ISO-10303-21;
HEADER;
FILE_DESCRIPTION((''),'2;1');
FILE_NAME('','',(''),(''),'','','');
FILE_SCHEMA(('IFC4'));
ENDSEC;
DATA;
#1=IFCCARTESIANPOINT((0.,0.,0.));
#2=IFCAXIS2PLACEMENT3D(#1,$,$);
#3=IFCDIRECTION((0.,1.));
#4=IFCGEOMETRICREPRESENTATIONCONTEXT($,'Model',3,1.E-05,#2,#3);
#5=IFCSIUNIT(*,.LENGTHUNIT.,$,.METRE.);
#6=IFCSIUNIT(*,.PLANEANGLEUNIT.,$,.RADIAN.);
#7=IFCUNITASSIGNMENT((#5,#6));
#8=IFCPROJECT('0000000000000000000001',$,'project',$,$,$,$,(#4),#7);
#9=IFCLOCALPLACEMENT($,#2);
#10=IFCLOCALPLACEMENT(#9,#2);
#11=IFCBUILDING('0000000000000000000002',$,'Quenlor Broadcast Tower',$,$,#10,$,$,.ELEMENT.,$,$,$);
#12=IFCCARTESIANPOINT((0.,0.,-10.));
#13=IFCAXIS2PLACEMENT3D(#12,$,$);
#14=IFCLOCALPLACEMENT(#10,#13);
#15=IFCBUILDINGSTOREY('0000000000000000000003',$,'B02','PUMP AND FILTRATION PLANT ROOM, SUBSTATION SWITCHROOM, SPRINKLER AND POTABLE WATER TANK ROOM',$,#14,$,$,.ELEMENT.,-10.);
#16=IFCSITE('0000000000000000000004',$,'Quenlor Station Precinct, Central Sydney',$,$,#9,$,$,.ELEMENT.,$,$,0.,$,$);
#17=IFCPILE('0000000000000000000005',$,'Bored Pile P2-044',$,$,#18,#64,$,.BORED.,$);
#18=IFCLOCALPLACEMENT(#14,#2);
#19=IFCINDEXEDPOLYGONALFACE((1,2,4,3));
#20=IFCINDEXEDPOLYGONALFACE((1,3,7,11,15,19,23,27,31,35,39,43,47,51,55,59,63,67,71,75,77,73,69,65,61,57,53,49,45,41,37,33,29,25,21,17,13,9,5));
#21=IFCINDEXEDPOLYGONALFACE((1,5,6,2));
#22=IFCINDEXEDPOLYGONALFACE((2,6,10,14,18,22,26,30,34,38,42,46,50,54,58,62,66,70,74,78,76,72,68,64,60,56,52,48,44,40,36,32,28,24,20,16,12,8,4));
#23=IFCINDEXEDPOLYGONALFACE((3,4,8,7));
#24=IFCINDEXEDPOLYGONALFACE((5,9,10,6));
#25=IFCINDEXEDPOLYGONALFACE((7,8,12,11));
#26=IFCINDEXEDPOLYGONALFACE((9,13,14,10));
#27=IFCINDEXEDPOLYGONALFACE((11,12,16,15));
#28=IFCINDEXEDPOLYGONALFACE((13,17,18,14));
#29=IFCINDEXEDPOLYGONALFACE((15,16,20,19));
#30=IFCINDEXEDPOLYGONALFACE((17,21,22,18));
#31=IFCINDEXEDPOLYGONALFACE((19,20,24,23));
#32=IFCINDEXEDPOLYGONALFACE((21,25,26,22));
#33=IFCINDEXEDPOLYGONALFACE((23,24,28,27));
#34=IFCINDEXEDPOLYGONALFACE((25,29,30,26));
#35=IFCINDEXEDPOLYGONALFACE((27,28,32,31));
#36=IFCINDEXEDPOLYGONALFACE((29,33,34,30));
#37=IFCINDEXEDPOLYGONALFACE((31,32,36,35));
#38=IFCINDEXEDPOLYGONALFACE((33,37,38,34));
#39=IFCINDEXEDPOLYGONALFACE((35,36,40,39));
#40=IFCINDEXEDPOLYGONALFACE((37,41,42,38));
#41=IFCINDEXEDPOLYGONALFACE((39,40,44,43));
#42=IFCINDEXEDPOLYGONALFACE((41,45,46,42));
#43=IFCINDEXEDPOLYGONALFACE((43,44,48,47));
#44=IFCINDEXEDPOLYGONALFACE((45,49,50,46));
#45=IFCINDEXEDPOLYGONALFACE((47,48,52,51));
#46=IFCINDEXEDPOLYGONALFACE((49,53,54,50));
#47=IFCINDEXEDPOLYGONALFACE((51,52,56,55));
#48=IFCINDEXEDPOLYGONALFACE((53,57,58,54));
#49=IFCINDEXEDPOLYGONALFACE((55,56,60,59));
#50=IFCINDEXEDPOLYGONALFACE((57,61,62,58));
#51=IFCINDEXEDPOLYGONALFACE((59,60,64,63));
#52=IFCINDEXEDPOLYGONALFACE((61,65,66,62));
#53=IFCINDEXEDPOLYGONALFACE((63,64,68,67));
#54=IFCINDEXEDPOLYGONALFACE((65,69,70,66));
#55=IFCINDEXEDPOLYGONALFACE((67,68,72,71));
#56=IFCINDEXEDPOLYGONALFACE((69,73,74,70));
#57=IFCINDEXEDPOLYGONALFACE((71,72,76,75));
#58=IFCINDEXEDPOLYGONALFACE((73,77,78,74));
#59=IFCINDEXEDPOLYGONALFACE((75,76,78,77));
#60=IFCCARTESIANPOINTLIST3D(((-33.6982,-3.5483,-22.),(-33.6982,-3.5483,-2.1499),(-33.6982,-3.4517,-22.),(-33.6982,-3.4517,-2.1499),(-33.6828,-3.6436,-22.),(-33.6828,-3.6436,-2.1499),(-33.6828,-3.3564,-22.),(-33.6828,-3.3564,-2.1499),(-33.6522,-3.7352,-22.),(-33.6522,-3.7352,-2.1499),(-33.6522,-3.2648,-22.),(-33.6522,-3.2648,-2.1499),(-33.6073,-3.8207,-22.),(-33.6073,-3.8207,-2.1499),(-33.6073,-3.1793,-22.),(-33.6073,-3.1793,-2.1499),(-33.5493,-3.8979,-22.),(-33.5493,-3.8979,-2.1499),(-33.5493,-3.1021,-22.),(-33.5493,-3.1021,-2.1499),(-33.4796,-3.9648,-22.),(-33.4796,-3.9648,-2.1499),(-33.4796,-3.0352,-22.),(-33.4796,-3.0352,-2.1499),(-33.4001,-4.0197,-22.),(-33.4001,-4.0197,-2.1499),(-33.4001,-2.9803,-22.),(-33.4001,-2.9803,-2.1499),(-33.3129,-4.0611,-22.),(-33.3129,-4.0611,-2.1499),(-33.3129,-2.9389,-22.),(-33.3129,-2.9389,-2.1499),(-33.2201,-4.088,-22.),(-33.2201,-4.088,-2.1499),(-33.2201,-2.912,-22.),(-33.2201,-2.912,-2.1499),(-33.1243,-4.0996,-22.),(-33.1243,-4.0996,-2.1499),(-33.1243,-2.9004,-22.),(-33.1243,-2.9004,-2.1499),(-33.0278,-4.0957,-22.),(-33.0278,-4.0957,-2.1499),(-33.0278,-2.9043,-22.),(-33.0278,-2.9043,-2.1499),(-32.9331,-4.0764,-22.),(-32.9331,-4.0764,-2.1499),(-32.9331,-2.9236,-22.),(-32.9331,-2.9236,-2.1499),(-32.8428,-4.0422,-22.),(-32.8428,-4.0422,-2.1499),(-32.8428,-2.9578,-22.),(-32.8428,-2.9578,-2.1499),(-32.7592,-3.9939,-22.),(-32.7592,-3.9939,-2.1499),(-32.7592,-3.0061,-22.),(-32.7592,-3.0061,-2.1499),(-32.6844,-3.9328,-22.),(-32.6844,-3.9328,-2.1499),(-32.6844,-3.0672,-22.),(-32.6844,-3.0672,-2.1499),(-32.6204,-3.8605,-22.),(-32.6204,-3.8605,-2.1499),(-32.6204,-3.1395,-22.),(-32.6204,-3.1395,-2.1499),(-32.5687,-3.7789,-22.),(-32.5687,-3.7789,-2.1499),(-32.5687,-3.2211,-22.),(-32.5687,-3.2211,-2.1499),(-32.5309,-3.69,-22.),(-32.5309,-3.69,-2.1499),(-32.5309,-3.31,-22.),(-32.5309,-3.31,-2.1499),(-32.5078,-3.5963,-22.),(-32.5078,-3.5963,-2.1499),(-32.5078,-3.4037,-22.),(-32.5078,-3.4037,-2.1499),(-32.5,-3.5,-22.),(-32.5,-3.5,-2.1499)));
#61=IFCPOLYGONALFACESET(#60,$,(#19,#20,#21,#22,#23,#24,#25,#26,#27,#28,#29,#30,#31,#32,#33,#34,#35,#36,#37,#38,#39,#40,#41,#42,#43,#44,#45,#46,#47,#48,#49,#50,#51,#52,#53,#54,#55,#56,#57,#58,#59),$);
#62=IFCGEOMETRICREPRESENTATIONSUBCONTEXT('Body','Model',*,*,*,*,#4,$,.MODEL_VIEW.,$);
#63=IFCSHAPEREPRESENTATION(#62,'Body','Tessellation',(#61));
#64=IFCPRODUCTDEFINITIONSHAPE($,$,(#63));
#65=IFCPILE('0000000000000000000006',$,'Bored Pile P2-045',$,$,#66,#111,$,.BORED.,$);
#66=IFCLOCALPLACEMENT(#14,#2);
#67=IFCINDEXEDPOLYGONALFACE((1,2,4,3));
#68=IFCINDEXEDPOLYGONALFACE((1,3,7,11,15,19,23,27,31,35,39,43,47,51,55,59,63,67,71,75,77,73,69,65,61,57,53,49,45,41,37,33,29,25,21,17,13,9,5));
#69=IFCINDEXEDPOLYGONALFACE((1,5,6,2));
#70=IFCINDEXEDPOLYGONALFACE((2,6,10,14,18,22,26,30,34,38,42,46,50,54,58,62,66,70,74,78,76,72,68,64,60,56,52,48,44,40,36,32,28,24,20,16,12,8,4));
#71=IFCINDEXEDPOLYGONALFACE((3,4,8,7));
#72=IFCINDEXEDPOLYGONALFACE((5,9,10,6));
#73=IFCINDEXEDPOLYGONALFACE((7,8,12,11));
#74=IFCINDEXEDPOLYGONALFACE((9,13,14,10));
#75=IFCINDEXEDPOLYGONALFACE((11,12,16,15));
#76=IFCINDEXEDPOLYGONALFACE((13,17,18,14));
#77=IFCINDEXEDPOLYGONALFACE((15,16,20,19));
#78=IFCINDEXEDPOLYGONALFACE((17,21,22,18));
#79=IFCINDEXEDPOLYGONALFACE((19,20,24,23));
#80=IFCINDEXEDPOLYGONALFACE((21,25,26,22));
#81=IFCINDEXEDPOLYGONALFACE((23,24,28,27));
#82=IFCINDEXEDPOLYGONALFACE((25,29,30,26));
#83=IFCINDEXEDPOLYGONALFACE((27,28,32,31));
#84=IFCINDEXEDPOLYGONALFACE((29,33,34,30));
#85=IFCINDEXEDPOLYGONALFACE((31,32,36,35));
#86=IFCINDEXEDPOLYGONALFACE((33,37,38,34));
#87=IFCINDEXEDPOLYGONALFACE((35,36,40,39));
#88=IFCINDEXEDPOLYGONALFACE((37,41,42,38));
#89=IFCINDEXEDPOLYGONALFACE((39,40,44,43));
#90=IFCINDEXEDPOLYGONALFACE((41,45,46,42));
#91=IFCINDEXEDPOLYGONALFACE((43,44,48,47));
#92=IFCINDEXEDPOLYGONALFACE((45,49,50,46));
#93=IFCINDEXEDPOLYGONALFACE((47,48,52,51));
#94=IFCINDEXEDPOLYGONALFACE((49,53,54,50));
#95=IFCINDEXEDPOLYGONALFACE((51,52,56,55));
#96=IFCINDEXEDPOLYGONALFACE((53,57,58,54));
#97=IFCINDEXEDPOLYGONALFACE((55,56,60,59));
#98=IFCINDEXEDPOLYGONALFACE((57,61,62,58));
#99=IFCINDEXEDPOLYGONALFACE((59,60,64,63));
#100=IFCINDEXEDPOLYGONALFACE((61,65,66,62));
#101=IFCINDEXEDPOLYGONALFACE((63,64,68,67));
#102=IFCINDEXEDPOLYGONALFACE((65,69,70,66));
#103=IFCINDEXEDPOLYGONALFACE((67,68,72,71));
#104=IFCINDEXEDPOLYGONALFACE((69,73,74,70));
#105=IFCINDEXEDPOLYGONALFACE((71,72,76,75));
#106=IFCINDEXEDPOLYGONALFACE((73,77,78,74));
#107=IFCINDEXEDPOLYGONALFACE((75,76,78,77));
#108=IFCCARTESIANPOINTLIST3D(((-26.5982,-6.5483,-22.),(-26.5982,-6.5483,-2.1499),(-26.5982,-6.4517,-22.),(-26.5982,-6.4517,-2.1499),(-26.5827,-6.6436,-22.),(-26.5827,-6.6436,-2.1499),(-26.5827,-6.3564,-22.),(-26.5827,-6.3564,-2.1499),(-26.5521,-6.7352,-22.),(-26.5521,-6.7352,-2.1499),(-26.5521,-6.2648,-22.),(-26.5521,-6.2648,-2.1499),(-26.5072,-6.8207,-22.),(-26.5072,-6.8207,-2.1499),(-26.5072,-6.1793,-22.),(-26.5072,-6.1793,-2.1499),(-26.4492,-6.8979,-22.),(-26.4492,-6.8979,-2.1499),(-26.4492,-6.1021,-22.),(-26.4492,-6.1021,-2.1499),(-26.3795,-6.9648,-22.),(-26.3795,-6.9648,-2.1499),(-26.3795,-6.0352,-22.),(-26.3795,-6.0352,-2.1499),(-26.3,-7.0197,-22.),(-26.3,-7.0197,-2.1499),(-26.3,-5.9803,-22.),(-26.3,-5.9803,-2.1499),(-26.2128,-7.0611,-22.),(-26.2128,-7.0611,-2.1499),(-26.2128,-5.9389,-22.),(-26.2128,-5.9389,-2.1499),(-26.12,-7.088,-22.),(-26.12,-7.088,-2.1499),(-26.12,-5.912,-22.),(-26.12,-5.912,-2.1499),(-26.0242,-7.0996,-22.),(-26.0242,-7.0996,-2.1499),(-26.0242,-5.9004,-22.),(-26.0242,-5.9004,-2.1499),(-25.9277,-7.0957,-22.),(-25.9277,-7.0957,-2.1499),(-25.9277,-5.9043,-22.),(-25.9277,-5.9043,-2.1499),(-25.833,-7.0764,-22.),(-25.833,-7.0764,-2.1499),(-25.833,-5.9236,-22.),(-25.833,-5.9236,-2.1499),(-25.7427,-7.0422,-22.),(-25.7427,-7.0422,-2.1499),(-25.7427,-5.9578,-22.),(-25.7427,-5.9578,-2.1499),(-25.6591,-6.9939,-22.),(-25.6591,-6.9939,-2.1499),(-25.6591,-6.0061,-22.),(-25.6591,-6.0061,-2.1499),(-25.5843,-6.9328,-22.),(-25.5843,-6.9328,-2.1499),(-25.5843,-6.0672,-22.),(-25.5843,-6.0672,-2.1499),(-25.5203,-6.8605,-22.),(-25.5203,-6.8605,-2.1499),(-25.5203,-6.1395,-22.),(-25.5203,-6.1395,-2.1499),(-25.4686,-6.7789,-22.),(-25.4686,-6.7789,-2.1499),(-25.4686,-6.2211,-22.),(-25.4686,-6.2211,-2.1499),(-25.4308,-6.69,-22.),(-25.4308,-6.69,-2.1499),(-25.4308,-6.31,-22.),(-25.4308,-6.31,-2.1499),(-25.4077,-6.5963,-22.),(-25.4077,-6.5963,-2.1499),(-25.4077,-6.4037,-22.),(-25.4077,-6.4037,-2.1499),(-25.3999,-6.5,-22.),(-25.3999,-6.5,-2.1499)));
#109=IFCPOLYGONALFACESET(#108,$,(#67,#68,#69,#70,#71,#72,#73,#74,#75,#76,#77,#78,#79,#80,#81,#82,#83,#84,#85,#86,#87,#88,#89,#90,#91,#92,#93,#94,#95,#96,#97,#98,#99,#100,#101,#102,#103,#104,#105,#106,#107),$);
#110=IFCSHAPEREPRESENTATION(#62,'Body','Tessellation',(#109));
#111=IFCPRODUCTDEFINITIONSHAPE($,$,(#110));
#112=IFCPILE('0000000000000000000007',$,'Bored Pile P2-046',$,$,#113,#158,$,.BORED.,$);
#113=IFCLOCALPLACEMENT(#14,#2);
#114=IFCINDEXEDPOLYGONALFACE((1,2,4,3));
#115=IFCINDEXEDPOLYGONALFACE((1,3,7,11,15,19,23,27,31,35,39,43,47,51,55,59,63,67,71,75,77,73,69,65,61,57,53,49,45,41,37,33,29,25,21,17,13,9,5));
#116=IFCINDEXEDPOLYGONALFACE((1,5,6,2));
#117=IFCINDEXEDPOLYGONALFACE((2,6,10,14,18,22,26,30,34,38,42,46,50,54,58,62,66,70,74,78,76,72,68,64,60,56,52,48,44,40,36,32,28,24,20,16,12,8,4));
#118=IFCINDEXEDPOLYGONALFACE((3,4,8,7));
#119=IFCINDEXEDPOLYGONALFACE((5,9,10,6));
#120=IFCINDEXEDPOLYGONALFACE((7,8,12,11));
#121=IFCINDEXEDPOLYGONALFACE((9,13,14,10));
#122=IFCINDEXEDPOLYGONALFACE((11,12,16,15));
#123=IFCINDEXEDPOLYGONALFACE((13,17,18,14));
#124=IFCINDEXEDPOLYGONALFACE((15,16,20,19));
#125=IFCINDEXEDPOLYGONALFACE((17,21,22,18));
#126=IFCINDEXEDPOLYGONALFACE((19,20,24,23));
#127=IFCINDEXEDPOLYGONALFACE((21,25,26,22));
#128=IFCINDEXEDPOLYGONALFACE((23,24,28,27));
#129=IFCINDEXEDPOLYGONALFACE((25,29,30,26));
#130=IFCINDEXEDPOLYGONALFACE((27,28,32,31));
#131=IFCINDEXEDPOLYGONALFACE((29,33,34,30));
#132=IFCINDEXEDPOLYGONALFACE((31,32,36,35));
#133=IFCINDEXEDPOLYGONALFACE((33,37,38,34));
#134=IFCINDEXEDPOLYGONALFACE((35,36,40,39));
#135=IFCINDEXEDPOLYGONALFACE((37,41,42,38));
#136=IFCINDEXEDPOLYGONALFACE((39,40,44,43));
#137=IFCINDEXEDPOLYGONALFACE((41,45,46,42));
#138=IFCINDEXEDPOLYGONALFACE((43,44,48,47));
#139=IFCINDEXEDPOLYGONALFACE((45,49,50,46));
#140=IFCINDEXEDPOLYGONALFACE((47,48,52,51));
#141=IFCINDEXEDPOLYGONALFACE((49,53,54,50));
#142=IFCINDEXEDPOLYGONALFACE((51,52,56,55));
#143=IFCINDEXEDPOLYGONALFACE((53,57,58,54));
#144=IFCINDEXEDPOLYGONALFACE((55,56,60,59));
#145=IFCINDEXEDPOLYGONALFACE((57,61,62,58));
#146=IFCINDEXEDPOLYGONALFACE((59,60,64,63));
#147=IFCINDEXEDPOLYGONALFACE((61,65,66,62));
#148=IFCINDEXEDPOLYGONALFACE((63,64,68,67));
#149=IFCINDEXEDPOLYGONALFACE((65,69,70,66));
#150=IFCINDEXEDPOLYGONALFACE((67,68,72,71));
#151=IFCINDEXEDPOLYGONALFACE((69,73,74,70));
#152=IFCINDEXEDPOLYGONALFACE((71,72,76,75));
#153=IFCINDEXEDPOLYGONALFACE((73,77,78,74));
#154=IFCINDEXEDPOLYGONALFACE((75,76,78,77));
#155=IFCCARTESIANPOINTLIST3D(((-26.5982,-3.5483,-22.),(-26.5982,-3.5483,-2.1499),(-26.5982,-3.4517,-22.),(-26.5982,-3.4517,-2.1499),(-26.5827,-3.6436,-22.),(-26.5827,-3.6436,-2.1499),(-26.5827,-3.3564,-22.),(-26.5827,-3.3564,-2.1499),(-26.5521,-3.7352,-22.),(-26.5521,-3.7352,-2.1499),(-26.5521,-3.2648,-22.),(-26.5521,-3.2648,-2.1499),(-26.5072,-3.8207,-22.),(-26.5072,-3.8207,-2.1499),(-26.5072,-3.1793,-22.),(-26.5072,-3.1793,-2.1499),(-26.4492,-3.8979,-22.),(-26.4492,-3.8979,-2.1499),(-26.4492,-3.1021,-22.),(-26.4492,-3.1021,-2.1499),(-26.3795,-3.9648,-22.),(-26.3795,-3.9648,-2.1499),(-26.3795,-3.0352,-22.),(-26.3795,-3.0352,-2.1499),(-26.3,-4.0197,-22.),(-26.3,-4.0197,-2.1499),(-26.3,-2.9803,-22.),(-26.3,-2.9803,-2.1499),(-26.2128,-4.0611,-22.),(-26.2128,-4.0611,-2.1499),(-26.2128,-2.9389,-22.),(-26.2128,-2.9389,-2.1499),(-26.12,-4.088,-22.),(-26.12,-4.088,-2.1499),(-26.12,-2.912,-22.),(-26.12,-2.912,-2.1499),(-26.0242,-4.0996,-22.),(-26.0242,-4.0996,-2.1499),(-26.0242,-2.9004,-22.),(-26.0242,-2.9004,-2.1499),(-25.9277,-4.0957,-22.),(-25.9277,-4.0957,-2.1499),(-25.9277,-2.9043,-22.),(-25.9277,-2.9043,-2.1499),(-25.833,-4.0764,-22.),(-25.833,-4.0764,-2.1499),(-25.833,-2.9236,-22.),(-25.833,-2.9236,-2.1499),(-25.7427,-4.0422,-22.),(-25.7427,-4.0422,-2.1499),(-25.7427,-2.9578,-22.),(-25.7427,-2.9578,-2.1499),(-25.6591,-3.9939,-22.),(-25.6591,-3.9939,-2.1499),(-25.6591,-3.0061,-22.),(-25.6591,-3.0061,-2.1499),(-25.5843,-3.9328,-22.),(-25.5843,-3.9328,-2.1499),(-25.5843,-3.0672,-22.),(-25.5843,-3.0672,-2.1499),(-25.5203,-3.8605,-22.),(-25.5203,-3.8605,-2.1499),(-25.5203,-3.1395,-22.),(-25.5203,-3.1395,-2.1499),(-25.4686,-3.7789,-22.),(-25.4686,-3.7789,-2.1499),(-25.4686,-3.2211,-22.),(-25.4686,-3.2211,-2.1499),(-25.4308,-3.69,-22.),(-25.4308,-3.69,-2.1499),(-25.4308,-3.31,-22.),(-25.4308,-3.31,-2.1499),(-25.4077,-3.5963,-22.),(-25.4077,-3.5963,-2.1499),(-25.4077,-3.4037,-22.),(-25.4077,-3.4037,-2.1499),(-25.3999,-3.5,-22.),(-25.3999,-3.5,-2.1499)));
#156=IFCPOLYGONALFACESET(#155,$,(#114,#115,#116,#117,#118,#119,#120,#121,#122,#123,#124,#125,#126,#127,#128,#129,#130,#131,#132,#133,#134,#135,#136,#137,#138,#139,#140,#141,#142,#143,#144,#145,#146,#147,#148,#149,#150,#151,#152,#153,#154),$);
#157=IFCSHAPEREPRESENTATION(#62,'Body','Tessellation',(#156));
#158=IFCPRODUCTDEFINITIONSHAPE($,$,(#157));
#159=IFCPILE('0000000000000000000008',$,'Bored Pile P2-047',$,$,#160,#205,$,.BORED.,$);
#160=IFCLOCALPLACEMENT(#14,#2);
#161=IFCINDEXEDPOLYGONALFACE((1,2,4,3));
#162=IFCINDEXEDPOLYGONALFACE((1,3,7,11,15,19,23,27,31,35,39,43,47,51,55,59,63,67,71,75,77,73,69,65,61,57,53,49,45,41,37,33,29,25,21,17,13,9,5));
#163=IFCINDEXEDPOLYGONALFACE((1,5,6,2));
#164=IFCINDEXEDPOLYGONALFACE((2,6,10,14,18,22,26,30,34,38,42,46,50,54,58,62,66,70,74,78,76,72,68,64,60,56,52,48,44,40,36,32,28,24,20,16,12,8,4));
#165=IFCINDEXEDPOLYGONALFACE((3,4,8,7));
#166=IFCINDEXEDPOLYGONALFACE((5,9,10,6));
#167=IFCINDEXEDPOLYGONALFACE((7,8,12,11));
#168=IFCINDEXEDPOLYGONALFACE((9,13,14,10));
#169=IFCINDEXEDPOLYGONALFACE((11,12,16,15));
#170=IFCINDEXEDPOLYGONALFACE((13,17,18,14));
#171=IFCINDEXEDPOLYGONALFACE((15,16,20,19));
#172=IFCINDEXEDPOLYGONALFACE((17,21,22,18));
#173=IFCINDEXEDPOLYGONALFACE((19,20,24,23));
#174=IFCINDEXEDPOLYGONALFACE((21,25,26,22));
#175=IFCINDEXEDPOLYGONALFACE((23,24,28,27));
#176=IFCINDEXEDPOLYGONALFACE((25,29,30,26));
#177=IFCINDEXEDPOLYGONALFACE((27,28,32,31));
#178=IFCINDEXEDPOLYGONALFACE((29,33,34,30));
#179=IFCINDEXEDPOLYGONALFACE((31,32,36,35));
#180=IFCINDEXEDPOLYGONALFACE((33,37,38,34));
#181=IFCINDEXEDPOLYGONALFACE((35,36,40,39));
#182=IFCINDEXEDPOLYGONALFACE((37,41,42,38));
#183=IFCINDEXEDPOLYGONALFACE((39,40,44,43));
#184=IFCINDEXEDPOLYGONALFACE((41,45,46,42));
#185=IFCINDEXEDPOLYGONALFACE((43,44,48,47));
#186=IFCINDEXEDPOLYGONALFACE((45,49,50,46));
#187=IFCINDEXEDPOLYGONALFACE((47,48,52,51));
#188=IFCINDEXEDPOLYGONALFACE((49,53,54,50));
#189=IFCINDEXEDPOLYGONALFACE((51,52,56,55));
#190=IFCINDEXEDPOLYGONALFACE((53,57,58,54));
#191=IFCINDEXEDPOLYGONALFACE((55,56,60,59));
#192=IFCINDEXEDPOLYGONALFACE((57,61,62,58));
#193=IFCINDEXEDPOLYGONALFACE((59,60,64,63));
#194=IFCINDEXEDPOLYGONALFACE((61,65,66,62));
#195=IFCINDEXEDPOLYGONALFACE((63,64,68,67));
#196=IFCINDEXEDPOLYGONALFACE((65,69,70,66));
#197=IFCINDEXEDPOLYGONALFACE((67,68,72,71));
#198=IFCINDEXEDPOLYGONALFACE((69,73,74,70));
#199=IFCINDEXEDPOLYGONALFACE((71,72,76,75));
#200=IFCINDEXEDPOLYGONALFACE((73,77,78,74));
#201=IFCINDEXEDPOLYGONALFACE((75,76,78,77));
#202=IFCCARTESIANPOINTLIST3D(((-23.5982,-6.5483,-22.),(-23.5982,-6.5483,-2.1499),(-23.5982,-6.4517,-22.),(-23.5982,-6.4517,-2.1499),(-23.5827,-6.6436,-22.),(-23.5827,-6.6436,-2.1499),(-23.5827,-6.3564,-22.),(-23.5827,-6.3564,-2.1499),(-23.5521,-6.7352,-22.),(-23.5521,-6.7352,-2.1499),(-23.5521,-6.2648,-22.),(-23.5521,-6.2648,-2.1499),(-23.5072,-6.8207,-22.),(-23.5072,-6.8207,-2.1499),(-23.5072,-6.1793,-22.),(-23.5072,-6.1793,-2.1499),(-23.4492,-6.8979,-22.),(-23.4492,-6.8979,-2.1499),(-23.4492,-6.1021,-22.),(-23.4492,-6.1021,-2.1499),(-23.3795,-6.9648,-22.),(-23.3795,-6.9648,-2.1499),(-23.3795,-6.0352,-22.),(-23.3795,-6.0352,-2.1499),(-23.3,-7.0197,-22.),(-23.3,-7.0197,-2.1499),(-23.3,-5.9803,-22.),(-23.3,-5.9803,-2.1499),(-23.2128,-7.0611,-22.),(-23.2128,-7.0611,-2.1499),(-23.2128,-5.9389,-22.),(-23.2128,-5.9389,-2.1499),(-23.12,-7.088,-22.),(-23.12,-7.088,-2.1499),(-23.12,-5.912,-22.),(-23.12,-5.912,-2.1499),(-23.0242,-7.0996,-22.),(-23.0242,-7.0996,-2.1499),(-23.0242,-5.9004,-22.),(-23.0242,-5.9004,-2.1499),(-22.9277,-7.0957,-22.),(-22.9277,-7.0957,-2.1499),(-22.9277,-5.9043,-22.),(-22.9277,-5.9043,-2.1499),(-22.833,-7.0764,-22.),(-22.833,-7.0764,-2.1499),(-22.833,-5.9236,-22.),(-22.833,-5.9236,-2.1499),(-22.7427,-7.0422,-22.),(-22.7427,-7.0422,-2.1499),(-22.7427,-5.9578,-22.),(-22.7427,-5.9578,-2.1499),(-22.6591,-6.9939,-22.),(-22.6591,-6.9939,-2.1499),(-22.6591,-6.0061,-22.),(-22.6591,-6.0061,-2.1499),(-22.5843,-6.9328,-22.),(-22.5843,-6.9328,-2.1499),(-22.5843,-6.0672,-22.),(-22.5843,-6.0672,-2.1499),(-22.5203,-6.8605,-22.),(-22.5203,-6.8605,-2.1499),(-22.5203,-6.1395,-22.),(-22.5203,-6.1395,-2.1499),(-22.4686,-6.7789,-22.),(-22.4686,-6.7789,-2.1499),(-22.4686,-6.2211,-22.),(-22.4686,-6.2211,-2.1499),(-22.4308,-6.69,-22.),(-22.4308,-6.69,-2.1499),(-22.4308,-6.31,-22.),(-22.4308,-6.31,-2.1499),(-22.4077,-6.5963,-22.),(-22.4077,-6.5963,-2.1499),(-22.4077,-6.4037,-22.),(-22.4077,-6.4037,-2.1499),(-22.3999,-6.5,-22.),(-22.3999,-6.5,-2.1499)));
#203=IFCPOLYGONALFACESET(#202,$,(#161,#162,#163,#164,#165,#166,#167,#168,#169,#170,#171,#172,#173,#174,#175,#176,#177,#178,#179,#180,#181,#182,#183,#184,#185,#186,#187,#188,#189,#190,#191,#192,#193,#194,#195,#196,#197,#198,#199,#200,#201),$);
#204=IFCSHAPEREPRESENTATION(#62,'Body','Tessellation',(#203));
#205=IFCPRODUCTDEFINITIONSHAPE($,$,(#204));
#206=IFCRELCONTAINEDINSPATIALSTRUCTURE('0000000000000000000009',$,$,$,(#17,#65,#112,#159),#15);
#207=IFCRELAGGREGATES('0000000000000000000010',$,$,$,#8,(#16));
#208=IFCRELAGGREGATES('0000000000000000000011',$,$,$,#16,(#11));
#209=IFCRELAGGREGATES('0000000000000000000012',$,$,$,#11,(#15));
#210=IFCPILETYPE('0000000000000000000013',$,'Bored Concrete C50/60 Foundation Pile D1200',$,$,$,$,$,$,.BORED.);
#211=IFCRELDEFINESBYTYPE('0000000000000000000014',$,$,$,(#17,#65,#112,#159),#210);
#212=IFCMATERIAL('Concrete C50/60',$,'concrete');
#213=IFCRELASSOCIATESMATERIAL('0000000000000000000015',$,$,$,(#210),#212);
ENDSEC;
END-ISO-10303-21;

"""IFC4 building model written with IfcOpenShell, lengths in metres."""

from ifc_helpers import new_model, si_unit, direction, frame, origin, origin_2d, place, context, subcontext, project, spatial, circle, extrude, material, material_profile, profile_set, type_object, element, save


model = new_model("IFC4")

# Units and contexts
model_context = context("Model", 3, precision=1e-05, world=origin(), true_north=direction((0.0, 1.0)))
body_context = subcontext(model_context, "Body", "Model", "MODEL_VIEW")
ifc_project = project(units=[si_unit("LENGTHUNIT", "METRE"), si_unit("PLANEANGLEUNIT", "RADIAN")], contexts=[model_context])

# Site, building, storey
site_placement = place(None, origin())
site = spatial("IfcSite", under=ifc_project, at=site_placement, Name="Quenlor Station Precinct, Central Sydney", CompositionType="ELEMENT", RefElevation=0.0)
building_placement = place(site_placement, origin())
building = spatial("IfcBuilding", under=site, at=building_placement, Name="Quenlor Broadcast Tower", CompositionType="ELEMENT")
storey_placement = place(building_placement, frame((0.0, 0.0, -10.0)))
storey = spatial("IfcBuildingStorey", under=building, at=storey_placement, Name="B02", Description="PUMP AND FILTRATION PLANT ROOM, SUBSTATION SWITCHROOM, SPRINKLER AND POTABLE WATER TANK ROOM", CompositionType="ELEMENT", Elevation=-10.0)

# Piles
ifc_material_1 = material(Name="Concrete C50/60", Category="concrete")
ifc_material_profile_1 = material_profile(ifc_material_1, circle(Radius=0.6001, at=origin_2d()))
ifc_profile_set_1 = profile_set([ifc_material_profile_1], Name="Concrete C50/60 PILE1200")
pile_type = type_object("IfcPileType", Name="Bored Concrete C50/60 Foundation Pile D1200", PredefinedType="BORED", material=ifc_profile_set_1)
for number, where, z_axis, x_axis, name in (
    (1, (-33.1001, -3.5, -2.1499), (0.0, 0.0, -1.0), (1.0, 0.0, 0.0), "Bored Pile P2-044"),
    (2, (-26.0, -6.5, -2.1499), (0.0, 0.0, -1.0), (1.0, 0.0, 0.0), "Bored Pile P2-045"),
    (3, (-26.0, -3.5, -2.1499), (0.0, 0.0, -1.0), (1.0, 0.0, 0.0), "Bored Pile P2-046"),
    (4, (-23.0, -6.5, -2.1499), (0.0, 0.0, -1.0), (1.0, 0.0, 0.0), "Bored Pile P2-047"),
):
    element("IfcPile", number, at=place(storey_placement, frame(where, z_axis=z_axis, x_axis=x_axis)), inside=storey, type_object=pile_type, Name=name, PredefinedType="BORED", context=body_context, shape_type="SweptSolid", body=[
        extrude(circle(Radius=0.6001, at=origin_2d()), origin(), (0.0, 0.0, 1.0), 19.8501),
    ])

save(model, "model.ifc")
